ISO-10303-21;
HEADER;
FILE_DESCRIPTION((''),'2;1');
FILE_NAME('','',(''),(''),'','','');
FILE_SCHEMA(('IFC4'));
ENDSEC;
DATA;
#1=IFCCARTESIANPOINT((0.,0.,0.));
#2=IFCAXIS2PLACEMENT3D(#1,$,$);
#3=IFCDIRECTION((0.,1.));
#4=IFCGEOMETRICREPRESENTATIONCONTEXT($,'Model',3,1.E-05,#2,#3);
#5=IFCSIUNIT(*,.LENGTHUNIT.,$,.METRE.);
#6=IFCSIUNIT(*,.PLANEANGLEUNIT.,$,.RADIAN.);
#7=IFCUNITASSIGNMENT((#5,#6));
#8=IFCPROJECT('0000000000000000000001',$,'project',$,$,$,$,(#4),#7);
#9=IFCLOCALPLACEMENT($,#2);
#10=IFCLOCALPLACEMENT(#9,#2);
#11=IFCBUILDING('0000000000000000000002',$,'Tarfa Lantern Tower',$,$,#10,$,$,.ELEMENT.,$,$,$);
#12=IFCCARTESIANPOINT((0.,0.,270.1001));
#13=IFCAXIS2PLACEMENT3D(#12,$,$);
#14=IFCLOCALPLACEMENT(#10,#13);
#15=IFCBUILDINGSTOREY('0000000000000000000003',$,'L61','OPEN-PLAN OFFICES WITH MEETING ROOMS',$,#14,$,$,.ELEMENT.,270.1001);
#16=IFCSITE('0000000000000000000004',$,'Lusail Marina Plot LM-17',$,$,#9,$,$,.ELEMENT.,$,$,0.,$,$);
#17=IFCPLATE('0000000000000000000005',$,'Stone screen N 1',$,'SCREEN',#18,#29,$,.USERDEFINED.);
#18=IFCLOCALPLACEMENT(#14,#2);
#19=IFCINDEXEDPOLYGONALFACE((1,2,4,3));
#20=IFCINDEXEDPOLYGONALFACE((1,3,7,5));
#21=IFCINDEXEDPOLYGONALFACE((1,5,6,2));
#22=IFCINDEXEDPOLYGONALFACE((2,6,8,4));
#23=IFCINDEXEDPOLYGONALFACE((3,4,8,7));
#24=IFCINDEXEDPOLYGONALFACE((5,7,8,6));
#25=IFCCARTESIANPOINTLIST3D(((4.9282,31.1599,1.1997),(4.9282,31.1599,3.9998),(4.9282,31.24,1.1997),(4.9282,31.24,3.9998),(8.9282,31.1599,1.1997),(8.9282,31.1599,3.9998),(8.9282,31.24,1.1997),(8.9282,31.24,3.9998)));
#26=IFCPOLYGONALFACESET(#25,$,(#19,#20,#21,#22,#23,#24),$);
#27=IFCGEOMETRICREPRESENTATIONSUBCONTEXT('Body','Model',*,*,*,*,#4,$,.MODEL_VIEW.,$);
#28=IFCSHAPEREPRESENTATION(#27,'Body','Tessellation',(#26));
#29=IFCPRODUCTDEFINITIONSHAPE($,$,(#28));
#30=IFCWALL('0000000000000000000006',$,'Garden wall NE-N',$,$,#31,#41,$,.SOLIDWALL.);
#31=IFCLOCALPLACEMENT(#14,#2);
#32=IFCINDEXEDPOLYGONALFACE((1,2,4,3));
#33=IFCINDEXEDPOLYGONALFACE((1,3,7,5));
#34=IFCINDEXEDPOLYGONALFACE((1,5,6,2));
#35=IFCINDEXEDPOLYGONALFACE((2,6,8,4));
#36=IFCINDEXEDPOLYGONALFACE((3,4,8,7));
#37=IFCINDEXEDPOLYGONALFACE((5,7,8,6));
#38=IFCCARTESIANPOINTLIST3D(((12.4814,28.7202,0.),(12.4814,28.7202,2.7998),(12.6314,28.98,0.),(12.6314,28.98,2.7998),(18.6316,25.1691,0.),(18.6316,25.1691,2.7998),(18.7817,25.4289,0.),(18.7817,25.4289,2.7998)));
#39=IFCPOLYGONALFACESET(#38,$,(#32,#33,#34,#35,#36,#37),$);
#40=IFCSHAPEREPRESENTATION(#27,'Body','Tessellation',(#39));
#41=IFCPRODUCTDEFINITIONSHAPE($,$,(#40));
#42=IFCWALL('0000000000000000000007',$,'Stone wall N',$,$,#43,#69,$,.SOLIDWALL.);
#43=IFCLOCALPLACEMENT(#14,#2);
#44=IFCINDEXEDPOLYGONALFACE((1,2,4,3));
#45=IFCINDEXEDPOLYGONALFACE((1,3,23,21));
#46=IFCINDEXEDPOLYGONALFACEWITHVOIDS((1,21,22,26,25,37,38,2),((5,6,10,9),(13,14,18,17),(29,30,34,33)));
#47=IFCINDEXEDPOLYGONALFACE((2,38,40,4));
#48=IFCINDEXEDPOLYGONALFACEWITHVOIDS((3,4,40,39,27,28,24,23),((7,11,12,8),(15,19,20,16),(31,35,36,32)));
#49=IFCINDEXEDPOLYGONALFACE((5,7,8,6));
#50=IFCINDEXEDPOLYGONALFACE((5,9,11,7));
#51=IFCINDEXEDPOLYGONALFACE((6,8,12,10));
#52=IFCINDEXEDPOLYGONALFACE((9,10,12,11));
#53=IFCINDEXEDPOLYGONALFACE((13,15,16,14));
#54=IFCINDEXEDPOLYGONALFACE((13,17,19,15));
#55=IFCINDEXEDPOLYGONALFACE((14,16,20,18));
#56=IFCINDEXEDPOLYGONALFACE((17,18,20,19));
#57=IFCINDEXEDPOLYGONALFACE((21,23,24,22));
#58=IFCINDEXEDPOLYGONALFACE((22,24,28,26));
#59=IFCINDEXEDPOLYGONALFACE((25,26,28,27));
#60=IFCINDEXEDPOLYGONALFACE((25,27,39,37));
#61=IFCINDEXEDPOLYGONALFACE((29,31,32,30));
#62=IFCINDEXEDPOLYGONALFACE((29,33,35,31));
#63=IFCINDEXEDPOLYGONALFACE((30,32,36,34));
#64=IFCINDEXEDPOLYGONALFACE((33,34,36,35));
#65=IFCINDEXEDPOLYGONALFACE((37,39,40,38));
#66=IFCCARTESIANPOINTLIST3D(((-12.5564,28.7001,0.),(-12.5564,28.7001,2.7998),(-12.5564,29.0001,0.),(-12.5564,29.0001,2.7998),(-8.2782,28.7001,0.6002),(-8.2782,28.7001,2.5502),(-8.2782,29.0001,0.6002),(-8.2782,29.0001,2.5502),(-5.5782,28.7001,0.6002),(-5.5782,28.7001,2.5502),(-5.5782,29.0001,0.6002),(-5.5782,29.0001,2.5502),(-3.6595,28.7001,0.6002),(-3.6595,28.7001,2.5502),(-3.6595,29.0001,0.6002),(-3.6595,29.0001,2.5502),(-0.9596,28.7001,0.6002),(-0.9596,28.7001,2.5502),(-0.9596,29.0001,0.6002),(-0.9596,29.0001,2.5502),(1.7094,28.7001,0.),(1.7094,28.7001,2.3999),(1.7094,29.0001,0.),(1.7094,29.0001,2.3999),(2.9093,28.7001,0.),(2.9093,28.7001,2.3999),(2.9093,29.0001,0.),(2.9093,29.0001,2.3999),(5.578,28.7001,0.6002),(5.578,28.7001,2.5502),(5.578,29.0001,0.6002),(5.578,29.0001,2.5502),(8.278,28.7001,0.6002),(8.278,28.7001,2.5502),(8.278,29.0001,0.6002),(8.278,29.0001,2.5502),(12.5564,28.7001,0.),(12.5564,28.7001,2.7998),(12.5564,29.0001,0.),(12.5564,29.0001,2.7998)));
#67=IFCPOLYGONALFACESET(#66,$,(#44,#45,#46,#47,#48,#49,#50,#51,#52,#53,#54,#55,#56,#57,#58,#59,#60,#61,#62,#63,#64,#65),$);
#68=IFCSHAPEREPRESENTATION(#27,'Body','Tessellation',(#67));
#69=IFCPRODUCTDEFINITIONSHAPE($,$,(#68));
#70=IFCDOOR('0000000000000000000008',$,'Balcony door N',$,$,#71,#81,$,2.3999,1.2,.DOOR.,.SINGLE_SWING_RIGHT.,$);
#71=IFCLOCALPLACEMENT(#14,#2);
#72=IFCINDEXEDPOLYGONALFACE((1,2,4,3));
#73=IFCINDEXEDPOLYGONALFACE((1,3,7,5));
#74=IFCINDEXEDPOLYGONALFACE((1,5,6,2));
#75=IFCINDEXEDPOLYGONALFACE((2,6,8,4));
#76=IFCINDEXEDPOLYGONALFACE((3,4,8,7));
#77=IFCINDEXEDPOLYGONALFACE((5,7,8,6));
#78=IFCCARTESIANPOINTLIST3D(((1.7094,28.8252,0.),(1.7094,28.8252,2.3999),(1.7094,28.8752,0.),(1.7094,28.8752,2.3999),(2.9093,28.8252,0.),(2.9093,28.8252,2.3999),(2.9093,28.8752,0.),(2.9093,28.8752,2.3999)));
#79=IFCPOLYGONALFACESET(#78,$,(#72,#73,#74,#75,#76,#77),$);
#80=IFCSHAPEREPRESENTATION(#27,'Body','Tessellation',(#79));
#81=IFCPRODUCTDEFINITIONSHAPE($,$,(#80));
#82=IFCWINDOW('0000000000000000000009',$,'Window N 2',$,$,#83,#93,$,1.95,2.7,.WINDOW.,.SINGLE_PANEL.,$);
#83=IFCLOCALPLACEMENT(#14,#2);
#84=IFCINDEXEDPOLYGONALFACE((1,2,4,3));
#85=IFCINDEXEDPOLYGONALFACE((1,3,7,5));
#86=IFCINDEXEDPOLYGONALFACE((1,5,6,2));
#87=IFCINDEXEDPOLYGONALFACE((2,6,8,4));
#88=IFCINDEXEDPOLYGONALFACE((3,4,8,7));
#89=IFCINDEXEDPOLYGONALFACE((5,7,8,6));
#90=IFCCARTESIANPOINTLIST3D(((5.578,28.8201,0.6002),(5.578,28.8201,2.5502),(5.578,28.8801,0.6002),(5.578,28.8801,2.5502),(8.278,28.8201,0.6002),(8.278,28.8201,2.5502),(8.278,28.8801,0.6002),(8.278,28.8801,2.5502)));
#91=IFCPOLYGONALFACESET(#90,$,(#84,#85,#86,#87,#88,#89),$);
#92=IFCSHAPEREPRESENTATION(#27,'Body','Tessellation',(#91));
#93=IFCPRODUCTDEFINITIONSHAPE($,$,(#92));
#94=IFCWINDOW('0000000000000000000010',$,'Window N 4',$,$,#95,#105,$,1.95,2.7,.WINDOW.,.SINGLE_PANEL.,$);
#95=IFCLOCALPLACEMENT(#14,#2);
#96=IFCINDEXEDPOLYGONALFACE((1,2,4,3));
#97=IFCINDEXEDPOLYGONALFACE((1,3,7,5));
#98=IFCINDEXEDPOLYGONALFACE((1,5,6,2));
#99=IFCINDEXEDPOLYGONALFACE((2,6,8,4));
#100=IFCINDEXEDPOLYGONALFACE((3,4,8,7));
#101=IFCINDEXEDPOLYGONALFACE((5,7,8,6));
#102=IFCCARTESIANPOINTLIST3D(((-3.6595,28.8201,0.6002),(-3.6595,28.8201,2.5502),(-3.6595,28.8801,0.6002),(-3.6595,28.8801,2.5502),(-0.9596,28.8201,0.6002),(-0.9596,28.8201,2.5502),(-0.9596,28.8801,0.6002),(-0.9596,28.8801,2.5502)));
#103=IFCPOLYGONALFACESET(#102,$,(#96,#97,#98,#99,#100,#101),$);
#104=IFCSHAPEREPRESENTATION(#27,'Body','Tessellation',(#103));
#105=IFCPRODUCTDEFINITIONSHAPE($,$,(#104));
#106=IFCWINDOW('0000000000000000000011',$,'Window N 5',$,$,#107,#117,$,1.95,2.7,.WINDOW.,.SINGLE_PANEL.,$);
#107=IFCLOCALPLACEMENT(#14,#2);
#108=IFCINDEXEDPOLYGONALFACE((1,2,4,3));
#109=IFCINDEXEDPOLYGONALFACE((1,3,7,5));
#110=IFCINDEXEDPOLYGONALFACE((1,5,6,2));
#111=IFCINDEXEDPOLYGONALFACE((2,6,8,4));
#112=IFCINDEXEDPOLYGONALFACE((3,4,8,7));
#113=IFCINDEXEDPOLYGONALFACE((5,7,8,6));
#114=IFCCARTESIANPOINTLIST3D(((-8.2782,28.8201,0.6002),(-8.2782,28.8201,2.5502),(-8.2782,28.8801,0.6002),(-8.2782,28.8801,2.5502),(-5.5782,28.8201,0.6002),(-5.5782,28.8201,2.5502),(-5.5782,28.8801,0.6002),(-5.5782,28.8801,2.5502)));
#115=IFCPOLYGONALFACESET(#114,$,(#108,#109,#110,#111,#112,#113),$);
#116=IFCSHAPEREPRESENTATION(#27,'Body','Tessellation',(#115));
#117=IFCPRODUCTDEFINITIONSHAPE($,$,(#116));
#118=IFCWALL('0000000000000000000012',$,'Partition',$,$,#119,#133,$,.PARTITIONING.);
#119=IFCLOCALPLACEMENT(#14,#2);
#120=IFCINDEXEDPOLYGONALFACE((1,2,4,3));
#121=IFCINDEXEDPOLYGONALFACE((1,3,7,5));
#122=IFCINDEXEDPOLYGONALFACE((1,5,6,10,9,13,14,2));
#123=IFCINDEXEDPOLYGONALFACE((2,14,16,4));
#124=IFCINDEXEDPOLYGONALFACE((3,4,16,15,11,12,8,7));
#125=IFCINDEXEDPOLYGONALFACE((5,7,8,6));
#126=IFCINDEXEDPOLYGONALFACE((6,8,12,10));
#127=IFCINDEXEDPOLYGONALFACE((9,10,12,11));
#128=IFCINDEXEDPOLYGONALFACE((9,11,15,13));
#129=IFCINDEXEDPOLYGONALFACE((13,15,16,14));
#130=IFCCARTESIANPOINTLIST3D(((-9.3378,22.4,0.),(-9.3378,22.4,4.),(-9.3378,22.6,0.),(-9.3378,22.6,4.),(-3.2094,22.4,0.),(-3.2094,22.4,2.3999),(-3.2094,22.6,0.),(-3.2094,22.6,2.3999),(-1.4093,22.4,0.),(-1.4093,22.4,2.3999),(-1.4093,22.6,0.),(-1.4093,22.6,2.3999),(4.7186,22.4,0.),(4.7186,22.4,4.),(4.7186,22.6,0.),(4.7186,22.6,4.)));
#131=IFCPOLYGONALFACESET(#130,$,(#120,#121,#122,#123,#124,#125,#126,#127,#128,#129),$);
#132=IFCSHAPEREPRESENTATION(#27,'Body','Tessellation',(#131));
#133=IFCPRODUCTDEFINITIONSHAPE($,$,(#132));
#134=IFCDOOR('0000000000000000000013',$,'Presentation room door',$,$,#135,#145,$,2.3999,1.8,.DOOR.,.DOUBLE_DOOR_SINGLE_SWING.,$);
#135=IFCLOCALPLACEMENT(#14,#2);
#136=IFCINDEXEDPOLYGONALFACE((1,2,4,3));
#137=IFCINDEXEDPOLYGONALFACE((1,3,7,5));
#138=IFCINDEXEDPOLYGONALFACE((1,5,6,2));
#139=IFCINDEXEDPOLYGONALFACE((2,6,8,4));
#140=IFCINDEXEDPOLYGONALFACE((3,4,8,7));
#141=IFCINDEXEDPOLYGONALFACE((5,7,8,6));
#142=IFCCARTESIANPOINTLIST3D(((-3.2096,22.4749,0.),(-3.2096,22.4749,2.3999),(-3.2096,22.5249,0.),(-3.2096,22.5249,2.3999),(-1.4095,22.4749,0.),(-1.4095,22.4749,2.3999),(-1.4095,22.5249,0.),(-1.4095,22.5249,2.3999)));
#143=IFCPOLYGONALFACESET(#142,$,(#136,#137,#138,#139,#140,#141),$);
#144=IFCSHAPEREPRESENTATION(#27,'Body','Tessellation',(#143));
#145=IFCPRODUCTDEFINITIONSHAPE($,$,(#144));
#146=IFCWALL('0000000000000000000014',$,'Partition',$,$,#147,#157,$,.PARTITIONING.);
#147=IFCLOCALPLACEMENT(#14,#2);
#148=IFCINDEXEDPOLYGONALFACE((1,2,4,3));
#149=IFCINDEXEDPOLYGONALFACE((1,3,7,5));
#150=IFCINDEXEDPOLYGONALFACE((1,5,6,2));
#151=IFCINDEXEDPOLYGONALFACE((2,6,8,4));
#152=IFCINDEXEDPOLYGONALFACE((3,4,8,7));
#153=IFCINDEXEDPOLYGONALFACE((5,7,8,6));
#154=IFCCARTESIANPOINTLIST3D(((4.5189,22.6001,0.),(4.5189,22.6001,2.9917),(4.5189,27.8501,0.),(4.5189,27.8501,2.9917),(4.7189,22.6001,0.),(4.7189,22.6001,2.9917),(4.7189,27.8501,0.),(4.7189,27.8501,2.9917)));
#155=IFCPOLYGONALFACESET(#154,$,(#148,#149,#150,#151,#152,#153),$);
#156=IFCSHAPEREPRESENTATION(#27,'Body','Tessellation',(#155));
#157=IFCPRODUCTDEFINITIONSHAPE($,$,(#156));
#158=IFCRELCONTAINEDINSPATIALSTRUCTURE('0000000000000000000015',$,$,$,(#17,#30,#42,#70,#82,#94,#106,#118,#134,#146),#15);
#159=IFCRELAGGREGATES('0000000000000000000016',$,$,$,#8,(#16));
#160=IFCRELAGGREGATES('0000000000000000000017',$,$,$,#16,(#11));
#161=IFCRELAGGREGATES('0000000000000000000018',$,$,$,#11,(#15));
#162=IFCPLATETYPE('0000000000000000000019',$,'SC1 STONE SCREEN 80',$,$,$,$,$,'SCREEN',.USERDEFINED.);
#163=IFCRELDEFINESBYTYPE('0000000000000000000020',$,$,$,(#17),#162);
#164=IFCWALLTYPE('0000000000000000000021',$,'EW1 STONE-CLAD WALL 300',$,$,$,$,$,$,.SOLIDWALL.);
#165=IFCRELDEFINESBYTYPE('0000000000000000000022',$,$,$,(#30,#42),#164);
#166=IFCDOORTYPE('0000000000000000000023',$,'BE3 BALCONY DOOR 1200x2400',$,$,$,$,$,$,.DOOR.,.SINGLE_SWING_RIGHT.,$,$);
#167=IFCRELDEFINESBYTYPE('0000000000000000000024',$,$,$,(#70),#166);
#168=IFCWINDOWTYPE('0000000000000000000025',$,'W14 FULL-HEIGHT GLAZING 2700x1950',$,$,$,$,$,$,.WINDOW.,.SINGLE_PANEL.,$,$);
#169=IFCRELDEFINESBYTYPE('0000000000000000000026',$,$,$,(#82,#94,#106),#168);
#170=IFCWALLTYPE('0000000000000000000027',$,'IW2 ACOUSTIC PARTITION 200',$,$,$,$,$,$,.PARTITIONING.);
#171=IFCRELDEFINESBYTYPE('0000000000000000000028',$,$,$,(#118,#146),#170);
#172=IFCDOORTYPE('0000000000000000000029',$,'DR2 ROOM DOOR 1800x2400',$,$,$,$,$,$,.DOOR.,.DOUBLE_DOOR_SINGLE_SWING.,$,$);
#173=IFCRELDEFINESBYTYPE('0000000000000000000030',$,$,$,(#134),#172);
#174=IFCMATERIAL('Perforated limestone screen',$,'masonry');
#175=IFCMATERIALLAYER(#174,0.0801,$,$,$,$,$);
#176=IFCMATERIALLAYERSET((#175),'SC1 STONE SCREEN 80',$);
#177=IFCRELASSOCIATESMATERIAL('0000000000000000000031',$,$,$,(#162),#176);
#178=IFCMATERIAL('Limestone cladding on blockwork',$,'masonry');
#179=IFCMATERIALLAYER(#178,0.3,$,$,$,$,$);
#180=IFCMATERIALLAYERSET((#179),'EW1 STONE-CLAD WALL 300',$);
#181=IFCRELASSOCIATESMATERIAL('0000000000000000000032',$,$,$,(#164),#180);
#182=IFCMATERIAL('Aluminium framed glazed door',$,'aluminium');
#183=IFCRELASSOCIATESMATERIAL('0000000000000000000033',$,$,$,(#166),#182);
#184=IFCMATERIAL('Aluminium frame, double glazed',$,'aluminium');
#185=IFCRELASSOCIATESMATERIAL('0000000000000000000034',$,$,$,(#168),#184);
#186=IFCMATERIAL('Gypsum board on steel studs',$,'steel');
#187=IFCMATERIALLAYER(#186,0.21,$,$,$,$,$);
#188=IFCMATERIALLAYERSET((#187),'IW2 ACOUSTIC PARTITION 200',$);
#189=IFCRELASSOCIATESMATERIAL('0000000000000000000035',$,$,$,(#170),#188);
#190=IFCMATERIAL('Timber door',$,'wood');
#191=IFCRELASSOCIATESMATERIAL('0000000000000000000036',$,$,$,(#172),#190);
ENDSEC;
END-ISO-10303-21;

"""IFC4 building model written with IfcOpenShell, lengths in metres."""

from ifc_helpers import new_model, si_unit, direction, frame, frame_2d, origin, origin_2d, place, context, subcontext, project, spatial, rectangle, extrude, material, layer, layer_set, type_object, element, fill, save


model = new_model("IFC4")

# Units and contexts
model_context = context("Model", 3, precision=1e-05, world=origin(), true_north=direction((0.0, 1.0)))
body_context = subcontext(model_context, "Body", "Model", "MODEL_VIEW")
ifc_project = project(units=[si_unit("LENGTHUNIT", "METRE"), si_unit("PLANEANGLEUNIT", "RADIAN")], contexts=[model_context])

# Site, building, storey
site_placement = place(None, origin())
site = spatial("IfcSite", under=ifc_project, at=site_placement, Name="Lusail Marina Plot LM-17", CompositionType="ELEMENT", RefElevation=0.0)
building_placement = place(site_placement, origin())
building = spatial("IfcBuilding", under=site, at=building_placement, Name="Tarfa Lantern Tower", CompositionType="ELEMENT")
storey_placement = place(building_placement, frame((0.0, 0.0, 270.1001)))
storey = spatial("IfcBuildingStorey", under=building, at=storey_placement, Name="L61", Description="OPEN-PLAN OFFICES WITH MEETING ROOMS", CompositionType="ELEMENT", Elevation=270.1001)

# Plate
ifc_material_1 = material(Name="Perforated limestone screen", Category="masonry")
ifc_layer_1 = layer(ifc_material_1, 0.0801)
ifc_layer_set_1 = layer_set([ifc_layer_1], Name="SC1 STONE SCREEN 80")
plate_type_1 = type_object("IfcPlateType", Name="SC1 STONE SCREEN 80", ElementType="SCREEN", PredefinedType="USERDEFINED", material=ifc_layer_set_1)
plate_1_placement = place(storey_placement, frame((6.9282, 31.2, 1.1997), z_axis=(0.0, 0.0, 1.0), x_axis=(-1.0, 0.0, 0.0)))
element("IfcPlate", 1, at=plate_1_placement, inside=storey, type_object=plate_type_1, Name="Stone screen N 1", ObjectType="SCREEN", PredefinedType="USERDEFINED", context=body_context, shape_type="SweptSolid", body=[
    extrude(rectangle(XDim=4.0, YDim=0.0801, at=origin_2d()), origin(), (0.0, 0.0, 1.0), 2.8),
])

# Wall
ifc_material_2 = material(Name="Limestone cladding on blockwork", Category="masonry")
ifc_layer_2 = layer(ifc_material_2, 0.3)
ifc_layer_set_2 = layer_set([ifc_layer_2], Name="EW1 STONE-CLAD WALL 300")
wall_type_1 = type_object("IfcWallType", Name="EW1 STONE-CLAD WALL 300", PredefinedType="SOLIDWALL", material=ifc_layer_set_2)
wall_1_placement = place(storey_placement, frame((18.7065, 25.2991, 0.0), z_axis=(0.0, 0.0, 1.0), x_axis=(-0.866011, 0.500025, 0.0)))
element("IfcWall", 2, at=wall_1_placement, inside=storey, type_object=wall_type_1, Name="Garden wall NE-N", PredefinedType="SOLIDWALL", context=body_context, shape_type="SweptSolid", body=[
    extrude(rectangle(XDim=7.1018, YDim=0.3, at=frame_2d((3.5508, 0.0))), origin(), (0.0, 0.0, 1.0), 2.7998),
])

# Wall, openings, door, windows
wall_2_placement = place(storey_placement, frame((12.5564, 28.8501, 0.0), z_axis=(0.0, 0.0, 1.0), x_axis=(-1.0, 0.0, 0.0)))
wall_2 = element("IfcWall", 3, at=wall_2_placement, inside=storey, type_object=wall_type_1, Name="Stone wall N", PredefinedType="SOLIDWALL", context=body_context, shape_type="SweptSolid", body=[
    extrude(rectangle(XDim=25.1128, YDim=0.3, at=frame_2d((12.5564, 0.0))), origin(), (0.0, 0.0, 1.0), 2.7998),
])
opening_1_placement = place(wall_2_placement, frame((4.2783, 0.0, 0.6001)))
opening_1 = element("IfcOpeningElement", 4, at=opening_1_placement, cuts=wall_2, PredefinedType="OPENING", context=body_context, shape_type="SweptSolid", body=[
    extrude(rectangle(XDim=2.7, YDim=1.95, at=frame_2d((1.3501, 0.9751))), frame((0.0, 0.1599, 0.0), z_axis=(0.0, -1.0, 0.0), x_axis=(1.0, 0.0, 0.0)), (0.0, 0.0, 1.0), 0.3201),
])
opening_2_placement = place(wall_2_placement, frame((9.647, 0.0, 0.0)))
opening_2 = element("IfcOpeningElement", 5, at=opening_2_placement, cuts=wall_2, PredefinedType="OPENING", context=body_context, shape_type="SweptSolid", body=[
    extrude(rectangle(XDim=1.2, YDim=2.3999, at=frame_2d((0.6001, 1.2))), frame((0.0, 0.1599, 0.0), z_axis=(0.0, -1.0, 0.0), x_axis=(1.0, 0.0, 0.0)), (0.0, 0.0, 1.0), 0.3201),
])
opening_3_placement = place(wall_2_placement, frame((13.5159, 0.0, 0.6001)))
opening_3 = element("IfcOpeningElement", 6, at=opening_3_placement, cuts=wall_2, PredefinedType="OPENING", context=body_context, shape_type="SweptSolid", body=[
    extrude(rectangle(XDim=2.7, YDim=1.95, at=frame_2d((1.3501, 0.9751))), frame((0.0, 0.1599, 0.0), z_axis=(0.0, -1.0, 0.0), x_axis=(1.0, 0.0, 0.0)), (0.0, 0.0, 1.0), 0.3201),
])
opening_4_placement = place(wall_2_placement, frame((18.1345, 0.0, 0.6001)))
opening_4 = element("IfcOpeningElement", 7, at=opening_4_placement, cuts=wall_2, PredefinedType="OPENING", context=body_context, shape_type="SweptSolid", body=[
    extrude(rectangle(XDim=2.7, YDim=1.95, at=frame_2d((1.3501, 0.9751))), frame((0.0, 0.1599, 0.0), z_axis=(0.0, -1.0, 0.0), x_axis=(1.0, 0.0, 0.0)), (0.0, 0.0, 1.0), 0.3201),
])
ifc_material_3 = material(Name="Aluminium framed glazed door", Category="aluminium")
door_type_1 = type_object("IfcDoorType", Name="BE3 BALCONY DOOR 1200x2400", OperationType="SINGLE_SWING_RIGHT", PredefinedType="DOOR", material=ifc_material_3)
door_1_placement = place(opening_2_placement, origin())
door_1 = element("IfcDoor", 8, at=door_1_placement, inside=storey, type_object=door_type_1, Name="Balcony door N", OperationType="SINGLE_SWING_RIGHT", OverallHeight=2.3999, OverallWidth=1.2, PredefinedType="DOOR", context=body_context, shape_type="SweptSolid", body=[
    extrude(rectangle(XDim=1.2, YDim=2.3999, at=frame_2d((0.6001, 1.2))), frame((0.0, 0.0249, 0.0), z_axis=(0.0, -1.0, 0.0), x_axis=(1.0, 0.0, 0.0)), (0.0, 0.0, 1.0), 0.05),
])
fill(opening_2, door_1)
ifc_material_4 = material(Name="Aluminium frame, double glazed", Category="aluminium")
window_type = type_object("IfcWindowType", Name="W14 FULL-HEIGHT GLAZING 2700x1950", PartitioningType="SINGLE_PANEL", PredefinedType="WINDOW", material=ifc_material_4)
window_1_placement = place(opening_1_placement, origin())
window_1 = element("IfcWindow", 9, at=window_1_placement, inside=storey, type_object=window_type, Name="Window N 2", OverallHeight=1.95, OverallWidth=2.7, PartitioningType="SINGLE_PANEL", PredefinedType="WINDOW", context=body_context, shape_type="SweptSolid", body=[
    extrude(rectangle(XDim=2.7, YDim=1.95, at=frame_2d((1.3501, 0.9751))), frame((0.0, 0.03, 0.0), z_axis=(0.0, -1.0, 0.0), x_axis=(1.0, 0.0, 0.0)), (0.0, 0.0, 1.0), 0.0601),
])
fill(opening_1, window_1)
window_2_placement = place(opening_3_placement, origin())
window_2 = element("IfcWindow", 10, at=window_2_placement, inside=storey, type_object=window_type, Name="Window N 4", OverallHeight=1.95, OverallWidth=2.7, PartitioningType="SINGLE_PANEL", PredefinedType="WINDOW", context=body_context, shape_type="SweptSolid", body=[
    extrude(rectangle(XDim=2.7, YDim=1.95, at=frame_2d((1.3501, 0.9751))), frame((0.0, 0.03, 0.0), z_axis=(0.0, -1.0, 0.0), x_axis=(1.0, 0.0, 0.0)), (0.0, 0.0, 1.0), 0.0601),
])
fill(opening_3, window_2)
window_3_placement = place(opening_4_placement, origin())
window_3 = element("IfcWindow", 11, at=window_3_placement, inside=storey, type_object=window_type, Name="Window N 5", OverallHeight=1.95, OverallWidth=2.7, PartitioningType="SINGLE_PANEL", PredefinedType="WINDOW", context=body_context, shape_type="SweptSolid", body=[
    extrude(rectangle(XDim=2.7, YDim=1.95, at=frame_2d((1.3501, 0.9751))), frame((0.0, 0.03, 0.0), z_axis=(0.0, -1.0, 0.0), x_axis=(1.0, 0.0, 0.0)), (0.0, 0.0, 1.0), 0.0601),
])
fill(opening_4, window_3)

# Wall, opening, door
ifc_material_5 = material(Name="Gypsum board on steel studs", Category="steel")
ifc_layer_3 = layer(ifc_material_5, 0.21)
ifc_layer_set_3 = layer_set([ifc_layer_3], Name="IW2 ACOUSTIC PARTITION 200")
wall_type_2 = type_object("IfcWallType", Name="IW2 ACOUSTIC PARTITION 200", PredefinedType="PARTITIONING", material=ifc_layer_set_3)
wall_3_placement = place(storey_placement, frame((4.7188, 22.5, 0.0), z_axis=(0.0, 0.0, 1.0), x_axis=(-1.0, 0.0, 0.0)))
wall_3 = element("IfcWall", 12, at=wall_3_placement, inside=storey, type_object=wall_type_2, Name="Partition", PredefinedType="PARTITIONING", context=body_context, shape_type="SweptSolid", body=[
    extrude(rectangle(XDim=14.0564, YDim=0.2, at=frame_2d((7.0283, 0.0))), origin(), (0.0, 0.0, 1.0), 4.0),
])
opening_5_placement = place(wall_3_placement, frame((6.1282, 0.0, 0.0)))
opening_5 = element("IfcOpeningElement", 13, at=opening_5_placement, cuts=wall_3, PredefinedType="OPENING", context=body_context, shape_type="SweptSolid", body=[
    extrude(rectangle(XDim=1.8, YDim=2.3999, at=frame_2d((0.8999, 1.2))), frame((0.0, 0.1099, 0.0), z_axis=(0.0, -1.0, 0.0), x_axis=(1.0, 0.0, 0.0)), (0.0, 0.0, 1.0), 0.22),
])
ifc_material_6 = material(Name="Timber door", Category="wood")
door_type_2 = type_object("IfcDoorType", Name="DR2 ROOM DOOR 1800x2400", OperationType="DOUBLE_DOOR_SINGLE_SWING", PredefinedType="DOOR", material=ifc_material_6)
door_2_placement = place(opening_5_placement, frame((1.8, 0.0, 0.0), z_axis=(0.0, 0.0, 1.0), x_axis=(-1.0, 0.0, 0.0)))
door_2 = element("IfcDoor", 14, at=door_2_placement, inside=storey, type_object=door_type_2, Name="Presentation room door", OperationType="DOUBLE_DOOR_SINGLE_SWING", OverallHeight=2.3999, OverallWidth=1.8, PredefinedType="DOOR", context=body_context, shape_type="SweptSolid", body=[
    extrude(rectangle(XDim=1.8, YDim=2.3999, at=frame_2d((0.8999, 1.2))), frame((0.0, 0.0249, 0.0), z_axis=(0.0, -1.0, 0.0), x_axis=(1.0, 0.0, 0.0)), (0.0, 0.0, 1.0), 0.05),
])
fill(opening_5, door_2)

# Wall
wall_4_placement = place(storey_placement, frame((4.6189, 22.6001, 0.0), z_axis=(0.0, 0.0, 1.0), x_axis=(0.0, 1.0, 0.0)))
element("IfcWall", 15, at=wall_4_placement, inside=storey, type_object=wall_type_2, Name="Partition", PredefinedType="PARTITIONING", context=body_context, shape_type="SweptSolid", body=[
    extrude(rectangle(XDim=5.25, YDim=0.2, at=frame_2d((2.625, 0.0))), origin(), (0.0, 0.0, 1.0), 2.9917),
])

save(model, "model.ifc")
